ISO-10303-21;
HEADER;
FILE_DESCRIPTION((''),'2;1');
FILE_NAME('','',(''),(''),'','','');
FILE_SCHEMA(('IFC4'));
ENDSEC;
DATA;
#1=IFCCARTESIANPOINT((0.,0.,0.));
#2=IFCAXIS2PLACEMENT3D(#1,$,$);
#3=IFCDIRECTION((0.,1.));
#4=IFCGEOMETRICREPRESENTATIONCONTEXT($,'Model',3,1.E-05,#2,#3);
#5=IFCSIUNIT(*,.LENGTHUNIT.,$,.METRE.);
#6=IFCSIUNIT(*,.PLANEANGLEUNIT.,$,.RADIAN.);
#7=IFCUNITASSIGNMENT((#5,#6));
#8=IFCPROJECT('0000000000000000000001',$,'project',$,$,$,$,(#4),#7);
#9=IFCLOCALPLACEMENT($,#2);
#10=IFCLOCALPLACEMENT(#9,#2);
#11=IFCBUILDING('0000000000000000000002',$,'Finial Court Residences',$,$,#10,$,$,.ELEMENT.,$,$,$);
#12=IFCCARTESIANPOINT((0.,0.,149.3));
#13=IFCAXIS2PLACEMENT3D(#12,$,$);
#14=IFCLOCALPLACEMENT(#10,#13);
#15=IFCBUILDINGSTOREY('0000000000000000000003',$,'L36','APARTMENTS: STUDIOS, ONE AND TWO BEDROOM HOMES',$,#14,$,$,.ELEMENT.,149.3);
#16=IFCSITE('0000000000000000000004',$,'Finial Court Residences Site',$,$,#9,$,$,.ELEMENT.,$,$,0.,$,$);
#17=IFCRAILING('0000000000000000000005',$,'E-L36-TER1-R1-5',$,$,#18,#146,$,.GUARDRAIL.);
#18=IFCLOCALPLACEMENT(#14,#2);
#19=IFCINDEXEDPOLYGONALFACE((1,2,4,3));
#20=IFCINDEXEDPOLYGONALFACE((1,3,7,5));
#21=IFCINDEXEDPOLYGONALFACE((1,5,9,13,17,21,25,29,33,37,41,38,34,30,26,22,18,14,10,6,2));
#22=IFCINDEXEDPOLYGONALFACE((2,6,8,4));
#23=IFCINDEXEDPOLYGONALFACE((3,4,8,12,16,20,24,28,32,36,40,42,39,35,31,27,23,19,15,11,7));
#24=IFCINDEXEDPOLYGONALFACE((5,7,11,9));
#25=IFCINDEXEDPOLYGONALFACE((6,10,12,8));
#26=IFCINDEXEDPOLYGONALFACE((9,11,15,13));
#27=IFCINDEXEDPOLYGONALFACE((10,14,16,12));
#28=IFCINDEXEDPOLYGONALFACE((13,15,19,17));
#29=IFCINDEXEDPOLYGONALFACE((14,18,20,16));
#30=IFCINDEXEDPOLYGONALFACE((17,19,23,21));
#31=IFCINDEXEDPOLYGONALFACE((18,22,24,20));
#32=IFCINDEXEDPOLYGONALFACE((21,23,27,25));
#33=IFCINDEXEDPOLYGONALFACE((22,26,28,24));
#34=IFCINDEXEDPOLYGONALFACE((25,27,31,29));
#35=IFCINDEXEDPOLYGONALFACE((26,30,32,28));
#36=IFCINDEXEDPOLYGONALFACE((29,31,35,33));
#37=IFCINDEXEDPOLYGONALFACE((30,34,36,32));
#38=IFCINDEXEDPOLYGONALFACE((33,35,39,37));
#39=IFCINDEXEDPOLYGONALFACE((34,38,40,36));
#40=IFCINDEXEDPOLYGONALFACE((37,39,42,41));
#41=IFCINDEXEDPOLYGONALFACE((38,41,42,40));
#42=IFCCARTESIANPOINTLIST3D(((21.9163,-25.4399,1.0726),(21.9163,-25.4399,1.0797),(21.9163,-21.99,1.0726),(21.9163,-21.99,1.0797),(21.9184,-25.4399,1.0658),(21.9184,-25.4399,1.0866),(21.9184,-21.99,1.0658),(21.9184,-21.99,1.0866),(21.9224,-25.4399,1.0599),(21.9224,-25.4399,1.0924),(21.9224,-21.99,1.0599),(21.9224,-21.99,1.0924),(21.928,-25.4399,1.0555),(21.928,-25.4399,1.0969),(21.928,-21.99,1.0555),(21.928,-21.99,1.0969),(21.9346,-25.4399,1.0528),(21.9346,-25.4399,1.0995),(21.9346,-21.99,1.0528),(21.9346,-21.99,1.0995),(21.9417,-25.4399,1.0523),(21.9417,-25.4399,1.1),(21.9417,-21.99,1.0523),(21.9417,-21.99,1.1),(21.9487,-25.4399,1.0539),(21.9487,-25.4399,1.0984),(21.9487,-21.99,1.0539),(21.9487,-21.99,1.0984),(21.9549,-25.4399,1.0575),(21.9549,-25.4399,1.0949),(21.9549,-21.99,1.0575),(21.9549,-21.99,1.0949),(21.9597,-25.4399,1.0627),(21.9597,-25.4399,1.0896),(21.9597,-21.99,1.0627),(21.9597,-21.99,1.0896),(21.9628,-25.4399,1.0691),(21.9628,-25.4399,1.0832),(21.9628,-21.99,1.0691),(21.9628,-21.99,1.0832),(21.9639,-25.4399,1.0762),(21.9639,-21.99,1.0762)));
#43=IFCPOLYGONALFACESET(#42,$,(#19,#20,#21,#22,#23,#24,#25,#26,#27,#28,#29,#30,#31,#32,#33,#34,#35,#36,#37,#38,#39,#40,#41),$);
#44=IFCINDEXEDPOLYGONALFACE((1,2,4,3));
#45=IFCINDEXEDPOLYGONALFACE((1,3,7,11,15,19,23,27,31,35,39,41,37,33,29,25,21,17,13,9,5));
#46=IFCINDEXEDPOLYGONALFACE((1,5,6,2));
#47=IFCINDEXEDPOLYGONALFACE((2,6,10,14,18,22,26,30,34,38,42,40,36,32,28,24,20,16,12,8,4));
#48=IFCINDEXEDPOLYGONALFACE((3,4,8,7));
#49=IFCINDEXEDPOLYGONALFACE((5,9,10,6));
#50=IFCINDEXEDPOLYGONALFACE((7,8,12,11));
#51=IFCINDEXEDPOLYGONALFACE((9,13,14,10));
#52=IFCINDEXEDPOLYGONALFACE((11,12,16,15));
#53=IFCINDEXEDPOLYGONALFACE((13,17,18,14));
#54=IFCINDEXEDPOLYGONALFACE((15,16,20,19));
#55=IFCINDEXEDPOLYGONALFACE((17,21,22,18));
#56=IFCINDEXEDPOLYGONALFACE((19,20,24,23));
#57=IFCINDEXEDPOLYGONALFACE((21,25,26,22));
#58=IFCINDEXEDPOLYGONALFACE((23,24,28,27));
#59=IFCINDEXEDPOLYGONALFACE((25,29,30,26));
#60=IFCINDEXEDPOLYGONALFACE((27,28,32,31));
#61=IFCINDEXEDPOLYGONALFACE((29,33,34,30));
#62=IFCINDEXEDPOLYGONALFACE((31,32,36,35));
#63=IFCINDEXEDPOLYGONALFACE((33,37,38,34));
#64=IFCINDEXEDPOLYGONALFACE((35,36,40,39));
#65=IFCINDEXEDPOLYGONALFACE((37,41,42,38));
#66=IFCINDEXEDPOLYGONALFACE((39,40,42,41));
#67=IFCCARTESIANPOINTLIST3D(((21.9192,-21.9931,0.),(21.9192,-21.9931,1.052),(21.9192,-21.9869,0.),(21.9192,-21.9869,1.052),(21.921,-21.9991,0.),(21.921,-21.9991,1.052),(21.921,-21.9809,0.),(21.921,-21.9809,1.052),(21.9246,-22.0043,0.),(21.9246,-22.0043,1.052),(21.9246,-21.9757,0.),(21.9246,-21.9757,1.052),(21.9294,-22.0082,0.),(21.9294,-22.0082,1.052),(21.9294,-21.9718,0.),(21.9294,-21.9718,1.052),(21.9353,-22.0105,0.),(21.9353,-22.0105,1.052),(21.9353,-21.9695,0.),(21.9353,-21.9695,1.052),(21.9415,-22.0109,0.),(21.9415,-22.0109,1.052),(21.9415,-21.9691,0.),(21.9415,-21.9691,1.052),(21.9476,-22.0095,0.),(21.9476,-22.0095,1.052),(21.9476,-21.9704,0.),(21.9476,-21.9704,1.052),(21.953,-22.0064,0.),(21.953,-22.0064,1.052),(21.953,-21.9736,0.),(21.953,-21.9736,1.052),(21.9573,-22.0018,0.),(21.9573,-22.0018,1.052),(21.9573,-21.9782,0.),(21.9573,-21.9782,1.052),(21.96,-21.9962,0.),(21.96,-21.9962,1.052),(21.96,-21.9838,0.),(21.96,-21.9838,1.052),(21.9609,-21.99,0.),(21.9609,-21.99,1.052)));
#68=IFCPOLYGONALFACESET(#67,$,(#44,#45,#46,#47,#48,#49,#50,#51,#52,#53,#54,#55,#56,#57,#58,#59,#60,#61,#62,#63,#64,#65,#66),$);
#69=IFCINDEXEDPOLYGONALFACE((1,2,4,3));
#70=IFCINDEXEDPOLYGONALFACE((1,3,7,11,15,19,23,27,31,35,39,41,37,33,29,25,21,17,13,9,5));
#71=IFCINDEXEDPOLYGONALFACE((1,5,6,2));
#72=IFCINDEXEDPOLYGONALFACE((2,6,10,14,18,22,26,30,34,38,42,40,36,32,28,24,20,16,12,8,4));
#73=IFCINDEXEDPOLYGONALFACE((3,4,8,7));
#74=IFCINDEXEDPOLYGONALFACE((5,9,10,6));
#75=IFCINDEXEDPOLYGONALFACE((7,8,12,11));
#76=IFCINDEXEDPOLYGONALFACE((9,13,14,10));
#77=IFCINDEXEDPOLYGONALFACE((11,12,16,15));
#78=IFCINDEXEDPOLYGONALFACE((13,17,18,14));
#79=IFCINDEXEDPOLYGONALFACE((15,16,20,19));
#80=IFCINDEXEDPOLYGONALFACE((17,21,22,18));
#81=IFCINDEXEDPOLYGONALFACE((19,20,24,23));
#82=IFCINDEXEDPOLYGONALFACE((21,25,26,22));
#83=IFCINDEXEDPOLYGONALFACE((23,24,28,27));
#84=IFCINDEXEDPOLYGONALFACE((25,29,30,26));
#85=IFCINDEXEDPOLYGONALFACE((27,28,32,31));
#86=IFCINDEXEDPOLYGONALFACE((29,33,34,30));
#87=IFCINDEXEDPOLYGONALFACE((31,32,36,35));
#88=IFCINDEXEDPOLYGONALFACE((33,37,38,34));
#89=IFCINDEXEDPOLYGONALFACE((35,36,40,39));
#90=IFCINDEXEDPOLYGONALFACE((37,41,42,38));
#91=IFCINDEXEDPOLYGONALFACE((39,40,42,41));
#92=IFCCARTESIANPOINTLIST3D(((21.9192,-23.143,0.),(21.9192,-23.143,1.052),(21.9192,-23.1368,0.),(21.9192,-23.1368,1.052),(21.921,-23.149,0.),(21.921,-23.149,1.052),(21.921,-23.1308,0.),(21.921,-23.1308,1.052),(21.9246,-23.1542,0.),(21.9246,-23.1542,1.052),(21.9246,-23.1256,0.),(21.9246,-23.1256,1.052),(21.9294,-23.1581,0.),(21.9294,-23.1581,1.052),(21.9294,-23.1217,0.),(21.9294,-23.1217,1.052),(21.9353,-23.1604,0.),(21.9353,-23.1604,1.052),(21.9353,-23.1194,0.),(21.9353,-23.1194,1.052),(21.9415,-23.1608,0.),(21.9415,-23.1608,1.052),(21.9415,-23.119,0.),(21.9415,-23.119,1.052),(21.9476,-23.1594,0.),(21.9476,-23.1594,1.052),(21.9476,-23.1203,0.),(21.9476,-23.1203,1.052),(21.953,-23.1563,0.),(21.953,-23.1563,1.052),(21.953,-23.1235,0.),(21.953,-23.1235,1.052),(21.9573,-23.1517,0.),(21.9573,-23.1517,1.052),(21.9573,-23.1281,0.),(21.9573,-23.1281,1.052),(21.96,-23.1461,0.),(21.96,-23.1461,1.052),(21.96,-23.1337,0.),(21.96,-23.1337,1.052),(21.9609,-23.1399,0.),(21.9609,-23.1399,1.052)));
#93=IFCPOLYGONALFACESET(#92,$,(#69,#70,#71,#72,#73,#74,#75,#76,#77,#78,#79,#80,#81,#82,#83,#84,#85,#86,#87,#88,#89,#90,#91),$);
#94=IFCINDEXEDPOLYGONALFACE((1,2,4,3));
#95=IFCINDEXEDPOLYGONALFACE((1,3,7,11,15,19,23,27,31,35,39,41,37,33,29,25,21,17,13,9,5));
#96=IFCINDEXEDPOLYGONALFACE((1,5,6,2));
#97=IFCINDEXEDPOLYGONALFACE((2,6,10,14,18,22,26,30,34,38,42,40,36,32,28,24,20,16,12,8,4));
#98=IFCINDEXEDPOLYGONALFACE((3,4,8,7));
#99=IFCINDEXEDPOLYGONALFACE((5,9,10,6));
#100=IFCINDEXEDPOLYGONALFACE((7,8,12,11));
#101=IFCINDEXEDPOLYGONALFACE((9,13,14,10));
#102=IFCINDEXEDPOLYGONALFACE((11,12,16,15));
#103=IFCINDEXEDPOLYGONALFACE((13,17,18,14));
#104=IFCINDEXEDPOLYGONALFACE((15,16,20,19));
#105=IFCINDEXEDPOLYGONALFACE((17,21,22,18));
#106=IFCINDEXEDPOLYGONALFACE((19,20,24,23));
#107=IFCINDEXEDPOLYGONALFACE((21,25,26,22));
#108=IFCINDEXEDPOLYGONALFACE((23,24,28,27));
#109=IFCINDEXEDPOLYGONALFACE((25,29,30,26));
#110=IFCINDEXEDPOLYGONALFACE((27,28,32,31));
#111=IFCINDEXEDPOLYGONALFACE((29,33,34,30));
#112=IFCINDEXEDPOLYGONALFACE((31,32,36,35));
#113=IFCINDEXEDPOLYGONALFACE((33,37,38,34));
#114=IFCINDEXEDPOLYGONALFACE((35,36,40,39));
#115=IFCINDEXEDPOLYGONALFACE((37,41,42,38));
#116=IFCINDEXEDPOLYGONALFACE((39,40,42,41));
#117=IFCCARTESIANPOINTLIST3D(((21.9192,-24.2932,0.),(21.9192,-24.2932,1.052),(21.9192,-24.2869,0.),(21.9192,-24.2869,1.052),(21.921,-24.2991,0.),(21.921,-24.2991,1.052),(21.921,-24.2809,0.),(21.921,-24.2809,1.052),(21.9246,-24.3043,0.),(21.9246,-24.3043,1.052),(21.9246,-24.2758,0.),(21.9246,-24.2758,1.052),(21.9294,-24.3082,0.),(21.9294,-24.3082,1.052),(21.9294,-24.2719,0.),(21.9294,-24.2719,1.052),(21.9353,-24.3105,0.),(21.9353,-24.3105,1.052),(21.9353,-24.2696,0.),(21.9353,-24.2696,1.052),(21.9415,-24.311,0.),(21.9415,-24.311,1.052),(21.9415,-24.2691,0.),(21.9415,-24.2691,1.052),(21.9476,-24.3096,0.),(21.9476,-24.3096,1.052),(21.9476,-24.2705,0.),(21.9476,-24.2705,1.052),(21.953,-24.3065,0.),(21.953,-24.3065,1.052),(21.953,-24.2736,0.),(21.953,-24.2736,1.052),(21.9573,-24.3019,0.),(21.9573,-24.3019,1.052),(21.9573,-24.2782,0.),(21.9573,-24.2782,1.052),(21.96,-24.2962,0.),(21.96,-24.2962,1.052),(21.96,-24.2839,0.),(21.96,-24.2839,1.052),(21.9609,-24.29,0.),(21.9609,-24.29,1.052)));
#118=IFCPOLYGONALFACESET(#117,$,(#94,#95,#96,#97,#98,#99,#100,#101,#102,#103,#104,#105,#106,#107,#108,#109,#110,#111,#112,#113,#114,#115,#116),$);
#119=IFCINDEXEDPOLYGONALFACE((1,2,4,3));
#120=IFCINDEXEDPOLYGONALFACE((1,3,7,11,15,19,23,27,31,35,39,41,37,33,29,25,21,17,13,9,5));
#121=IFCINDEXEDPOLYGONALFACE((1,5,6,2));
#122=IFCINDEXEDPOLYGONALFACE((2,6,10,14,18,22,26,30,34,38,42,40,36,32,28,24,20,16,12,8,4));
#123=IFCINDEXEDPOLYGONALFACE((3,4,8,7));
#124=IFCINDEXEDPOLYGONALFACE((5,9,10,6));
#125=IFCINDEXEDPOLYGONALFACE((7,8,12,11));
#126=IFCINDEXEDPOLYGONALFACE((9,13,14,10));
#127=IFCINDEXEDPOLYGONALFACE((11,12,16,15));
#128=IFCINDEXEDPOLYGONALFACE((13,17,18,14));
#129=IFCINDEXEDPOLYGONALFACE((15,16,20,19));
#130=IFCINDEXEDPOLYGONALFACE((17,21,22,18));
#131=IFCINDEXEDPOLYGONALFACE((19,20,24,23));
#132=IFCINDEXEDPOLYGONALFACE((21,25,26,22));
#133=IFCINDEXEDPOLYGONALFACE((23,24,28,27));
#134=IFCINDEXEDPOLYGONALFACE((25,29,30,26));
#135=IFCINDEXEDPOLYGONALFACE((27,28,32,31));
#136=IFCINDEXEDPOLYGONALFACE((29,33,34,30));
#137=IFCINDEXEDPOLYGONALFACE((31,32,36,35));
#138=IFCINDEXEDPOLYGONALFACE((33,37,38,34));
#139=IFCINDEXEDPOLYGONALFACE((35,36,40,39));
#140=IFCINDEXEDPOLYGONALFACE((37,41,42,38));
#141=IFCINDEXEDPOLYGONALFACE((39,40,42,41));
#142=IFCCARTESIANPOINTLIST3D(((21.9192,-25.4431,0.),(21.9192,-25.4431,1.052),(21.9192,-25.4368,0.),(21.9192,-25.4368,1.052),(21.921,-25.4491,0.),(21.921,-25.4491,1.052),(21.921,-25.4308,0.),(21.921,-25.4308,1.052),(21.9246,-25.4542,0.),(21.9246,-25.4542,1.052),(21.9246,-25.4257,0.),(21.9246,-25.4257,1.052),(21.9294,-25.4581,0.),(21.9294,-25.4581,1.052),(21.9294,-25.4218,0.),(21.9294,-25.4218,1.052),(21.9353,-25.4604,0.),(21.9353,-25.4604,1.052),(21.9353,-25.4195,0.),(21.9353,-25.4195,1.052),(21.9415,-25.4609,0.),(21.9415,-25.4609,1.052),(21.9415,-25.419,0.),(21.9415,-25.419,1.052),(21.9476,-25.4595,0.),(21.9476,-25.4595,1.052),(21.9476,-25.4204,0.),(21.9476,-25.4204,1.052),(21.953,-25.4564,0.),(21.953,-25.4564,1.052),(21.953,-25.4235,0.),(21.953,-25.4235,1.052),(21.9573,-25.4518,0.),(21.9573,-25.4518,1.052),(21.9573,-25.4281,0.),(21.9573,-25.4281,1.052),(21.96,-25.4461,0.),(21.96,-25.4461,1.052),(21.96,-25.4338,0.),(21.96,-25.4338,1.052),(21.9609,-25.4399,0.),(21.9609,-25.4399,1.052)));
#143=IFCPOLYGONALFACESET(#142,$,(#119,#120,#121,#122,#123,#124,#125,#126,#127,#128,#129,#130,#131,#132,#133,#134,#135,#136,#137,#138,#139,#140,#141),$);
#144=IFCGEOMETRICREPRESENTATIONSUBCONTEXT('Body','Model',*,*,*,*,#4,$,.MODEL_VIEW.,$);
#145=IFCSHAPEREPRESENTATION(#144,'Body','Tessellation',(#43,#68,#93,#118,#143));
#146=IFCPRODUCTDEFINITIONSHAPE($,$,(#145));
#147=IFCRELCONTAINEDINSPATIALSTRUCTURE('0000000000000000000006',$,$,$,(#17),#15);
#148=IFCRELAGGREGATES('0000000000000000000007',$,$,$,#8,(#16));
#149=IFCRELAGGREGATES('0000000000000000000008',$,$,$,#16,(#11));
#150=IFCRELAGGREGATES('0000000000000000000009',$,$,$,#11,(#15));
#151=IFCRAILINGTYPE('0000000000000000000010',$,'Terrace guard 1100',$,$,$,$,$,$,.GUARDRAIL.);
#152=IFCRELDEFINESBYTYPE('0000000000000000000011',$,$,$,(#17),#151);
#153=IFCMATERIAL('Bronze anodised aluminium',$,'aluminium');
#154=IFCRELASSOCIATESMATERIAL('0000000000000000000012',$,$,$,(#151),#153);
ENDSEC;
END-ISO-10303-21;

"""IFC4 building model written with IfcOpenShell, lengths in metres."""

from ifc_helpers import new_model, si_unit, direction, frame, origin, origin_2d, place, context, subcontext, project, spatial, circle, extrude, material, type_object, element, save


model = new_model("IFC4")

# Units and contexts
model_context = context("Model", 3, precision=1e-05, world=origin(), true_north=direction((0.0, 1.0)))
body_context = subcontext(model_context, "Body", "Model", "MODEL_VIEW")
ifc_project = project(units=[si_unit("LENGTHUNIT", "METRE"), si_unit("PLANEANGLEUNIT", "RADIAN")], contexts=[model_context])

# Site, building, storey
site_placement = place(None, origin())
site = spatial("IfcSite", under=ifc_project, at=site_placement, Name="Finial Court Residences Site", CompositionType="ELEMENT", RefElevation=0.0)
building_placement = place(site_placement, origin())
building = spatial("IfcBuilding", under=site, at=building_placement, Name="Finial Court Residences", CompositionType="ELEMENT")
storey_placement = place(building_placement, frame((0.0, 0.0, 149.3)))
storey = spatial("IfcBuildingStorey", under=building, at=storey_placement, Name="L36", Description="APARTMENTS: STUDIOS, ONE AND TWO BEDROOM HOMES", CompositionType="ELEMENT", Elevation=149.3)

# Shared definitions
ifc_material_1 = material(Name="Bronze anodised aluminium", Category="aluminium")

# Railing
railing_type_1 = type_object("IfcRailingType", Name="Terrace guard 1100", PredefinedType="GUARDRAIL", material=ifc_material_1)
railing_1_placement = place(storey_placement, frame((21.9399, -21.99, 0.0)))
element("IfcRailing", 1, at=railing_1_placement, inside=storey, type_object=railing_type_1, Name="E-L36-TER1-R1-5", PredefinedType="GUARDRAIL", context=body_context, shape_type="SweptSolid", body=[
    extrude(circle(Radius=0.0239, at=origin_2d()), frame((0.0, 0.0, 1.0762), z_axis=(0.0, -1.0, 0.0), x_axis=(1.0, 0.0, 0.0)), (0.0, 0.0, 1.0), 3.45),
    extrude(circle(Radius=0.021, at=origin_2d()), origin(), (0.0, 0.0, 1.0), 1.052),
    extrude(circle(Radius=0.021, at=origin_2d()), frame((0.0, -1.1499, 0.0)), (0.0, 0.0, 1.0), 1.052),
    extrude(circle(Radius=0.021, at=origin_2d()), frame((0.0, -2.3, 0.0)), (0.0, 0.0, 1.0), 1.052),
    extrude(circle(Radius=0.021, at=origin_2d()), frame((0.0, -3.45, 0.0)), (0.0, 0.0, 1.0), 1.052),
])

save(model, "model.ifc")
